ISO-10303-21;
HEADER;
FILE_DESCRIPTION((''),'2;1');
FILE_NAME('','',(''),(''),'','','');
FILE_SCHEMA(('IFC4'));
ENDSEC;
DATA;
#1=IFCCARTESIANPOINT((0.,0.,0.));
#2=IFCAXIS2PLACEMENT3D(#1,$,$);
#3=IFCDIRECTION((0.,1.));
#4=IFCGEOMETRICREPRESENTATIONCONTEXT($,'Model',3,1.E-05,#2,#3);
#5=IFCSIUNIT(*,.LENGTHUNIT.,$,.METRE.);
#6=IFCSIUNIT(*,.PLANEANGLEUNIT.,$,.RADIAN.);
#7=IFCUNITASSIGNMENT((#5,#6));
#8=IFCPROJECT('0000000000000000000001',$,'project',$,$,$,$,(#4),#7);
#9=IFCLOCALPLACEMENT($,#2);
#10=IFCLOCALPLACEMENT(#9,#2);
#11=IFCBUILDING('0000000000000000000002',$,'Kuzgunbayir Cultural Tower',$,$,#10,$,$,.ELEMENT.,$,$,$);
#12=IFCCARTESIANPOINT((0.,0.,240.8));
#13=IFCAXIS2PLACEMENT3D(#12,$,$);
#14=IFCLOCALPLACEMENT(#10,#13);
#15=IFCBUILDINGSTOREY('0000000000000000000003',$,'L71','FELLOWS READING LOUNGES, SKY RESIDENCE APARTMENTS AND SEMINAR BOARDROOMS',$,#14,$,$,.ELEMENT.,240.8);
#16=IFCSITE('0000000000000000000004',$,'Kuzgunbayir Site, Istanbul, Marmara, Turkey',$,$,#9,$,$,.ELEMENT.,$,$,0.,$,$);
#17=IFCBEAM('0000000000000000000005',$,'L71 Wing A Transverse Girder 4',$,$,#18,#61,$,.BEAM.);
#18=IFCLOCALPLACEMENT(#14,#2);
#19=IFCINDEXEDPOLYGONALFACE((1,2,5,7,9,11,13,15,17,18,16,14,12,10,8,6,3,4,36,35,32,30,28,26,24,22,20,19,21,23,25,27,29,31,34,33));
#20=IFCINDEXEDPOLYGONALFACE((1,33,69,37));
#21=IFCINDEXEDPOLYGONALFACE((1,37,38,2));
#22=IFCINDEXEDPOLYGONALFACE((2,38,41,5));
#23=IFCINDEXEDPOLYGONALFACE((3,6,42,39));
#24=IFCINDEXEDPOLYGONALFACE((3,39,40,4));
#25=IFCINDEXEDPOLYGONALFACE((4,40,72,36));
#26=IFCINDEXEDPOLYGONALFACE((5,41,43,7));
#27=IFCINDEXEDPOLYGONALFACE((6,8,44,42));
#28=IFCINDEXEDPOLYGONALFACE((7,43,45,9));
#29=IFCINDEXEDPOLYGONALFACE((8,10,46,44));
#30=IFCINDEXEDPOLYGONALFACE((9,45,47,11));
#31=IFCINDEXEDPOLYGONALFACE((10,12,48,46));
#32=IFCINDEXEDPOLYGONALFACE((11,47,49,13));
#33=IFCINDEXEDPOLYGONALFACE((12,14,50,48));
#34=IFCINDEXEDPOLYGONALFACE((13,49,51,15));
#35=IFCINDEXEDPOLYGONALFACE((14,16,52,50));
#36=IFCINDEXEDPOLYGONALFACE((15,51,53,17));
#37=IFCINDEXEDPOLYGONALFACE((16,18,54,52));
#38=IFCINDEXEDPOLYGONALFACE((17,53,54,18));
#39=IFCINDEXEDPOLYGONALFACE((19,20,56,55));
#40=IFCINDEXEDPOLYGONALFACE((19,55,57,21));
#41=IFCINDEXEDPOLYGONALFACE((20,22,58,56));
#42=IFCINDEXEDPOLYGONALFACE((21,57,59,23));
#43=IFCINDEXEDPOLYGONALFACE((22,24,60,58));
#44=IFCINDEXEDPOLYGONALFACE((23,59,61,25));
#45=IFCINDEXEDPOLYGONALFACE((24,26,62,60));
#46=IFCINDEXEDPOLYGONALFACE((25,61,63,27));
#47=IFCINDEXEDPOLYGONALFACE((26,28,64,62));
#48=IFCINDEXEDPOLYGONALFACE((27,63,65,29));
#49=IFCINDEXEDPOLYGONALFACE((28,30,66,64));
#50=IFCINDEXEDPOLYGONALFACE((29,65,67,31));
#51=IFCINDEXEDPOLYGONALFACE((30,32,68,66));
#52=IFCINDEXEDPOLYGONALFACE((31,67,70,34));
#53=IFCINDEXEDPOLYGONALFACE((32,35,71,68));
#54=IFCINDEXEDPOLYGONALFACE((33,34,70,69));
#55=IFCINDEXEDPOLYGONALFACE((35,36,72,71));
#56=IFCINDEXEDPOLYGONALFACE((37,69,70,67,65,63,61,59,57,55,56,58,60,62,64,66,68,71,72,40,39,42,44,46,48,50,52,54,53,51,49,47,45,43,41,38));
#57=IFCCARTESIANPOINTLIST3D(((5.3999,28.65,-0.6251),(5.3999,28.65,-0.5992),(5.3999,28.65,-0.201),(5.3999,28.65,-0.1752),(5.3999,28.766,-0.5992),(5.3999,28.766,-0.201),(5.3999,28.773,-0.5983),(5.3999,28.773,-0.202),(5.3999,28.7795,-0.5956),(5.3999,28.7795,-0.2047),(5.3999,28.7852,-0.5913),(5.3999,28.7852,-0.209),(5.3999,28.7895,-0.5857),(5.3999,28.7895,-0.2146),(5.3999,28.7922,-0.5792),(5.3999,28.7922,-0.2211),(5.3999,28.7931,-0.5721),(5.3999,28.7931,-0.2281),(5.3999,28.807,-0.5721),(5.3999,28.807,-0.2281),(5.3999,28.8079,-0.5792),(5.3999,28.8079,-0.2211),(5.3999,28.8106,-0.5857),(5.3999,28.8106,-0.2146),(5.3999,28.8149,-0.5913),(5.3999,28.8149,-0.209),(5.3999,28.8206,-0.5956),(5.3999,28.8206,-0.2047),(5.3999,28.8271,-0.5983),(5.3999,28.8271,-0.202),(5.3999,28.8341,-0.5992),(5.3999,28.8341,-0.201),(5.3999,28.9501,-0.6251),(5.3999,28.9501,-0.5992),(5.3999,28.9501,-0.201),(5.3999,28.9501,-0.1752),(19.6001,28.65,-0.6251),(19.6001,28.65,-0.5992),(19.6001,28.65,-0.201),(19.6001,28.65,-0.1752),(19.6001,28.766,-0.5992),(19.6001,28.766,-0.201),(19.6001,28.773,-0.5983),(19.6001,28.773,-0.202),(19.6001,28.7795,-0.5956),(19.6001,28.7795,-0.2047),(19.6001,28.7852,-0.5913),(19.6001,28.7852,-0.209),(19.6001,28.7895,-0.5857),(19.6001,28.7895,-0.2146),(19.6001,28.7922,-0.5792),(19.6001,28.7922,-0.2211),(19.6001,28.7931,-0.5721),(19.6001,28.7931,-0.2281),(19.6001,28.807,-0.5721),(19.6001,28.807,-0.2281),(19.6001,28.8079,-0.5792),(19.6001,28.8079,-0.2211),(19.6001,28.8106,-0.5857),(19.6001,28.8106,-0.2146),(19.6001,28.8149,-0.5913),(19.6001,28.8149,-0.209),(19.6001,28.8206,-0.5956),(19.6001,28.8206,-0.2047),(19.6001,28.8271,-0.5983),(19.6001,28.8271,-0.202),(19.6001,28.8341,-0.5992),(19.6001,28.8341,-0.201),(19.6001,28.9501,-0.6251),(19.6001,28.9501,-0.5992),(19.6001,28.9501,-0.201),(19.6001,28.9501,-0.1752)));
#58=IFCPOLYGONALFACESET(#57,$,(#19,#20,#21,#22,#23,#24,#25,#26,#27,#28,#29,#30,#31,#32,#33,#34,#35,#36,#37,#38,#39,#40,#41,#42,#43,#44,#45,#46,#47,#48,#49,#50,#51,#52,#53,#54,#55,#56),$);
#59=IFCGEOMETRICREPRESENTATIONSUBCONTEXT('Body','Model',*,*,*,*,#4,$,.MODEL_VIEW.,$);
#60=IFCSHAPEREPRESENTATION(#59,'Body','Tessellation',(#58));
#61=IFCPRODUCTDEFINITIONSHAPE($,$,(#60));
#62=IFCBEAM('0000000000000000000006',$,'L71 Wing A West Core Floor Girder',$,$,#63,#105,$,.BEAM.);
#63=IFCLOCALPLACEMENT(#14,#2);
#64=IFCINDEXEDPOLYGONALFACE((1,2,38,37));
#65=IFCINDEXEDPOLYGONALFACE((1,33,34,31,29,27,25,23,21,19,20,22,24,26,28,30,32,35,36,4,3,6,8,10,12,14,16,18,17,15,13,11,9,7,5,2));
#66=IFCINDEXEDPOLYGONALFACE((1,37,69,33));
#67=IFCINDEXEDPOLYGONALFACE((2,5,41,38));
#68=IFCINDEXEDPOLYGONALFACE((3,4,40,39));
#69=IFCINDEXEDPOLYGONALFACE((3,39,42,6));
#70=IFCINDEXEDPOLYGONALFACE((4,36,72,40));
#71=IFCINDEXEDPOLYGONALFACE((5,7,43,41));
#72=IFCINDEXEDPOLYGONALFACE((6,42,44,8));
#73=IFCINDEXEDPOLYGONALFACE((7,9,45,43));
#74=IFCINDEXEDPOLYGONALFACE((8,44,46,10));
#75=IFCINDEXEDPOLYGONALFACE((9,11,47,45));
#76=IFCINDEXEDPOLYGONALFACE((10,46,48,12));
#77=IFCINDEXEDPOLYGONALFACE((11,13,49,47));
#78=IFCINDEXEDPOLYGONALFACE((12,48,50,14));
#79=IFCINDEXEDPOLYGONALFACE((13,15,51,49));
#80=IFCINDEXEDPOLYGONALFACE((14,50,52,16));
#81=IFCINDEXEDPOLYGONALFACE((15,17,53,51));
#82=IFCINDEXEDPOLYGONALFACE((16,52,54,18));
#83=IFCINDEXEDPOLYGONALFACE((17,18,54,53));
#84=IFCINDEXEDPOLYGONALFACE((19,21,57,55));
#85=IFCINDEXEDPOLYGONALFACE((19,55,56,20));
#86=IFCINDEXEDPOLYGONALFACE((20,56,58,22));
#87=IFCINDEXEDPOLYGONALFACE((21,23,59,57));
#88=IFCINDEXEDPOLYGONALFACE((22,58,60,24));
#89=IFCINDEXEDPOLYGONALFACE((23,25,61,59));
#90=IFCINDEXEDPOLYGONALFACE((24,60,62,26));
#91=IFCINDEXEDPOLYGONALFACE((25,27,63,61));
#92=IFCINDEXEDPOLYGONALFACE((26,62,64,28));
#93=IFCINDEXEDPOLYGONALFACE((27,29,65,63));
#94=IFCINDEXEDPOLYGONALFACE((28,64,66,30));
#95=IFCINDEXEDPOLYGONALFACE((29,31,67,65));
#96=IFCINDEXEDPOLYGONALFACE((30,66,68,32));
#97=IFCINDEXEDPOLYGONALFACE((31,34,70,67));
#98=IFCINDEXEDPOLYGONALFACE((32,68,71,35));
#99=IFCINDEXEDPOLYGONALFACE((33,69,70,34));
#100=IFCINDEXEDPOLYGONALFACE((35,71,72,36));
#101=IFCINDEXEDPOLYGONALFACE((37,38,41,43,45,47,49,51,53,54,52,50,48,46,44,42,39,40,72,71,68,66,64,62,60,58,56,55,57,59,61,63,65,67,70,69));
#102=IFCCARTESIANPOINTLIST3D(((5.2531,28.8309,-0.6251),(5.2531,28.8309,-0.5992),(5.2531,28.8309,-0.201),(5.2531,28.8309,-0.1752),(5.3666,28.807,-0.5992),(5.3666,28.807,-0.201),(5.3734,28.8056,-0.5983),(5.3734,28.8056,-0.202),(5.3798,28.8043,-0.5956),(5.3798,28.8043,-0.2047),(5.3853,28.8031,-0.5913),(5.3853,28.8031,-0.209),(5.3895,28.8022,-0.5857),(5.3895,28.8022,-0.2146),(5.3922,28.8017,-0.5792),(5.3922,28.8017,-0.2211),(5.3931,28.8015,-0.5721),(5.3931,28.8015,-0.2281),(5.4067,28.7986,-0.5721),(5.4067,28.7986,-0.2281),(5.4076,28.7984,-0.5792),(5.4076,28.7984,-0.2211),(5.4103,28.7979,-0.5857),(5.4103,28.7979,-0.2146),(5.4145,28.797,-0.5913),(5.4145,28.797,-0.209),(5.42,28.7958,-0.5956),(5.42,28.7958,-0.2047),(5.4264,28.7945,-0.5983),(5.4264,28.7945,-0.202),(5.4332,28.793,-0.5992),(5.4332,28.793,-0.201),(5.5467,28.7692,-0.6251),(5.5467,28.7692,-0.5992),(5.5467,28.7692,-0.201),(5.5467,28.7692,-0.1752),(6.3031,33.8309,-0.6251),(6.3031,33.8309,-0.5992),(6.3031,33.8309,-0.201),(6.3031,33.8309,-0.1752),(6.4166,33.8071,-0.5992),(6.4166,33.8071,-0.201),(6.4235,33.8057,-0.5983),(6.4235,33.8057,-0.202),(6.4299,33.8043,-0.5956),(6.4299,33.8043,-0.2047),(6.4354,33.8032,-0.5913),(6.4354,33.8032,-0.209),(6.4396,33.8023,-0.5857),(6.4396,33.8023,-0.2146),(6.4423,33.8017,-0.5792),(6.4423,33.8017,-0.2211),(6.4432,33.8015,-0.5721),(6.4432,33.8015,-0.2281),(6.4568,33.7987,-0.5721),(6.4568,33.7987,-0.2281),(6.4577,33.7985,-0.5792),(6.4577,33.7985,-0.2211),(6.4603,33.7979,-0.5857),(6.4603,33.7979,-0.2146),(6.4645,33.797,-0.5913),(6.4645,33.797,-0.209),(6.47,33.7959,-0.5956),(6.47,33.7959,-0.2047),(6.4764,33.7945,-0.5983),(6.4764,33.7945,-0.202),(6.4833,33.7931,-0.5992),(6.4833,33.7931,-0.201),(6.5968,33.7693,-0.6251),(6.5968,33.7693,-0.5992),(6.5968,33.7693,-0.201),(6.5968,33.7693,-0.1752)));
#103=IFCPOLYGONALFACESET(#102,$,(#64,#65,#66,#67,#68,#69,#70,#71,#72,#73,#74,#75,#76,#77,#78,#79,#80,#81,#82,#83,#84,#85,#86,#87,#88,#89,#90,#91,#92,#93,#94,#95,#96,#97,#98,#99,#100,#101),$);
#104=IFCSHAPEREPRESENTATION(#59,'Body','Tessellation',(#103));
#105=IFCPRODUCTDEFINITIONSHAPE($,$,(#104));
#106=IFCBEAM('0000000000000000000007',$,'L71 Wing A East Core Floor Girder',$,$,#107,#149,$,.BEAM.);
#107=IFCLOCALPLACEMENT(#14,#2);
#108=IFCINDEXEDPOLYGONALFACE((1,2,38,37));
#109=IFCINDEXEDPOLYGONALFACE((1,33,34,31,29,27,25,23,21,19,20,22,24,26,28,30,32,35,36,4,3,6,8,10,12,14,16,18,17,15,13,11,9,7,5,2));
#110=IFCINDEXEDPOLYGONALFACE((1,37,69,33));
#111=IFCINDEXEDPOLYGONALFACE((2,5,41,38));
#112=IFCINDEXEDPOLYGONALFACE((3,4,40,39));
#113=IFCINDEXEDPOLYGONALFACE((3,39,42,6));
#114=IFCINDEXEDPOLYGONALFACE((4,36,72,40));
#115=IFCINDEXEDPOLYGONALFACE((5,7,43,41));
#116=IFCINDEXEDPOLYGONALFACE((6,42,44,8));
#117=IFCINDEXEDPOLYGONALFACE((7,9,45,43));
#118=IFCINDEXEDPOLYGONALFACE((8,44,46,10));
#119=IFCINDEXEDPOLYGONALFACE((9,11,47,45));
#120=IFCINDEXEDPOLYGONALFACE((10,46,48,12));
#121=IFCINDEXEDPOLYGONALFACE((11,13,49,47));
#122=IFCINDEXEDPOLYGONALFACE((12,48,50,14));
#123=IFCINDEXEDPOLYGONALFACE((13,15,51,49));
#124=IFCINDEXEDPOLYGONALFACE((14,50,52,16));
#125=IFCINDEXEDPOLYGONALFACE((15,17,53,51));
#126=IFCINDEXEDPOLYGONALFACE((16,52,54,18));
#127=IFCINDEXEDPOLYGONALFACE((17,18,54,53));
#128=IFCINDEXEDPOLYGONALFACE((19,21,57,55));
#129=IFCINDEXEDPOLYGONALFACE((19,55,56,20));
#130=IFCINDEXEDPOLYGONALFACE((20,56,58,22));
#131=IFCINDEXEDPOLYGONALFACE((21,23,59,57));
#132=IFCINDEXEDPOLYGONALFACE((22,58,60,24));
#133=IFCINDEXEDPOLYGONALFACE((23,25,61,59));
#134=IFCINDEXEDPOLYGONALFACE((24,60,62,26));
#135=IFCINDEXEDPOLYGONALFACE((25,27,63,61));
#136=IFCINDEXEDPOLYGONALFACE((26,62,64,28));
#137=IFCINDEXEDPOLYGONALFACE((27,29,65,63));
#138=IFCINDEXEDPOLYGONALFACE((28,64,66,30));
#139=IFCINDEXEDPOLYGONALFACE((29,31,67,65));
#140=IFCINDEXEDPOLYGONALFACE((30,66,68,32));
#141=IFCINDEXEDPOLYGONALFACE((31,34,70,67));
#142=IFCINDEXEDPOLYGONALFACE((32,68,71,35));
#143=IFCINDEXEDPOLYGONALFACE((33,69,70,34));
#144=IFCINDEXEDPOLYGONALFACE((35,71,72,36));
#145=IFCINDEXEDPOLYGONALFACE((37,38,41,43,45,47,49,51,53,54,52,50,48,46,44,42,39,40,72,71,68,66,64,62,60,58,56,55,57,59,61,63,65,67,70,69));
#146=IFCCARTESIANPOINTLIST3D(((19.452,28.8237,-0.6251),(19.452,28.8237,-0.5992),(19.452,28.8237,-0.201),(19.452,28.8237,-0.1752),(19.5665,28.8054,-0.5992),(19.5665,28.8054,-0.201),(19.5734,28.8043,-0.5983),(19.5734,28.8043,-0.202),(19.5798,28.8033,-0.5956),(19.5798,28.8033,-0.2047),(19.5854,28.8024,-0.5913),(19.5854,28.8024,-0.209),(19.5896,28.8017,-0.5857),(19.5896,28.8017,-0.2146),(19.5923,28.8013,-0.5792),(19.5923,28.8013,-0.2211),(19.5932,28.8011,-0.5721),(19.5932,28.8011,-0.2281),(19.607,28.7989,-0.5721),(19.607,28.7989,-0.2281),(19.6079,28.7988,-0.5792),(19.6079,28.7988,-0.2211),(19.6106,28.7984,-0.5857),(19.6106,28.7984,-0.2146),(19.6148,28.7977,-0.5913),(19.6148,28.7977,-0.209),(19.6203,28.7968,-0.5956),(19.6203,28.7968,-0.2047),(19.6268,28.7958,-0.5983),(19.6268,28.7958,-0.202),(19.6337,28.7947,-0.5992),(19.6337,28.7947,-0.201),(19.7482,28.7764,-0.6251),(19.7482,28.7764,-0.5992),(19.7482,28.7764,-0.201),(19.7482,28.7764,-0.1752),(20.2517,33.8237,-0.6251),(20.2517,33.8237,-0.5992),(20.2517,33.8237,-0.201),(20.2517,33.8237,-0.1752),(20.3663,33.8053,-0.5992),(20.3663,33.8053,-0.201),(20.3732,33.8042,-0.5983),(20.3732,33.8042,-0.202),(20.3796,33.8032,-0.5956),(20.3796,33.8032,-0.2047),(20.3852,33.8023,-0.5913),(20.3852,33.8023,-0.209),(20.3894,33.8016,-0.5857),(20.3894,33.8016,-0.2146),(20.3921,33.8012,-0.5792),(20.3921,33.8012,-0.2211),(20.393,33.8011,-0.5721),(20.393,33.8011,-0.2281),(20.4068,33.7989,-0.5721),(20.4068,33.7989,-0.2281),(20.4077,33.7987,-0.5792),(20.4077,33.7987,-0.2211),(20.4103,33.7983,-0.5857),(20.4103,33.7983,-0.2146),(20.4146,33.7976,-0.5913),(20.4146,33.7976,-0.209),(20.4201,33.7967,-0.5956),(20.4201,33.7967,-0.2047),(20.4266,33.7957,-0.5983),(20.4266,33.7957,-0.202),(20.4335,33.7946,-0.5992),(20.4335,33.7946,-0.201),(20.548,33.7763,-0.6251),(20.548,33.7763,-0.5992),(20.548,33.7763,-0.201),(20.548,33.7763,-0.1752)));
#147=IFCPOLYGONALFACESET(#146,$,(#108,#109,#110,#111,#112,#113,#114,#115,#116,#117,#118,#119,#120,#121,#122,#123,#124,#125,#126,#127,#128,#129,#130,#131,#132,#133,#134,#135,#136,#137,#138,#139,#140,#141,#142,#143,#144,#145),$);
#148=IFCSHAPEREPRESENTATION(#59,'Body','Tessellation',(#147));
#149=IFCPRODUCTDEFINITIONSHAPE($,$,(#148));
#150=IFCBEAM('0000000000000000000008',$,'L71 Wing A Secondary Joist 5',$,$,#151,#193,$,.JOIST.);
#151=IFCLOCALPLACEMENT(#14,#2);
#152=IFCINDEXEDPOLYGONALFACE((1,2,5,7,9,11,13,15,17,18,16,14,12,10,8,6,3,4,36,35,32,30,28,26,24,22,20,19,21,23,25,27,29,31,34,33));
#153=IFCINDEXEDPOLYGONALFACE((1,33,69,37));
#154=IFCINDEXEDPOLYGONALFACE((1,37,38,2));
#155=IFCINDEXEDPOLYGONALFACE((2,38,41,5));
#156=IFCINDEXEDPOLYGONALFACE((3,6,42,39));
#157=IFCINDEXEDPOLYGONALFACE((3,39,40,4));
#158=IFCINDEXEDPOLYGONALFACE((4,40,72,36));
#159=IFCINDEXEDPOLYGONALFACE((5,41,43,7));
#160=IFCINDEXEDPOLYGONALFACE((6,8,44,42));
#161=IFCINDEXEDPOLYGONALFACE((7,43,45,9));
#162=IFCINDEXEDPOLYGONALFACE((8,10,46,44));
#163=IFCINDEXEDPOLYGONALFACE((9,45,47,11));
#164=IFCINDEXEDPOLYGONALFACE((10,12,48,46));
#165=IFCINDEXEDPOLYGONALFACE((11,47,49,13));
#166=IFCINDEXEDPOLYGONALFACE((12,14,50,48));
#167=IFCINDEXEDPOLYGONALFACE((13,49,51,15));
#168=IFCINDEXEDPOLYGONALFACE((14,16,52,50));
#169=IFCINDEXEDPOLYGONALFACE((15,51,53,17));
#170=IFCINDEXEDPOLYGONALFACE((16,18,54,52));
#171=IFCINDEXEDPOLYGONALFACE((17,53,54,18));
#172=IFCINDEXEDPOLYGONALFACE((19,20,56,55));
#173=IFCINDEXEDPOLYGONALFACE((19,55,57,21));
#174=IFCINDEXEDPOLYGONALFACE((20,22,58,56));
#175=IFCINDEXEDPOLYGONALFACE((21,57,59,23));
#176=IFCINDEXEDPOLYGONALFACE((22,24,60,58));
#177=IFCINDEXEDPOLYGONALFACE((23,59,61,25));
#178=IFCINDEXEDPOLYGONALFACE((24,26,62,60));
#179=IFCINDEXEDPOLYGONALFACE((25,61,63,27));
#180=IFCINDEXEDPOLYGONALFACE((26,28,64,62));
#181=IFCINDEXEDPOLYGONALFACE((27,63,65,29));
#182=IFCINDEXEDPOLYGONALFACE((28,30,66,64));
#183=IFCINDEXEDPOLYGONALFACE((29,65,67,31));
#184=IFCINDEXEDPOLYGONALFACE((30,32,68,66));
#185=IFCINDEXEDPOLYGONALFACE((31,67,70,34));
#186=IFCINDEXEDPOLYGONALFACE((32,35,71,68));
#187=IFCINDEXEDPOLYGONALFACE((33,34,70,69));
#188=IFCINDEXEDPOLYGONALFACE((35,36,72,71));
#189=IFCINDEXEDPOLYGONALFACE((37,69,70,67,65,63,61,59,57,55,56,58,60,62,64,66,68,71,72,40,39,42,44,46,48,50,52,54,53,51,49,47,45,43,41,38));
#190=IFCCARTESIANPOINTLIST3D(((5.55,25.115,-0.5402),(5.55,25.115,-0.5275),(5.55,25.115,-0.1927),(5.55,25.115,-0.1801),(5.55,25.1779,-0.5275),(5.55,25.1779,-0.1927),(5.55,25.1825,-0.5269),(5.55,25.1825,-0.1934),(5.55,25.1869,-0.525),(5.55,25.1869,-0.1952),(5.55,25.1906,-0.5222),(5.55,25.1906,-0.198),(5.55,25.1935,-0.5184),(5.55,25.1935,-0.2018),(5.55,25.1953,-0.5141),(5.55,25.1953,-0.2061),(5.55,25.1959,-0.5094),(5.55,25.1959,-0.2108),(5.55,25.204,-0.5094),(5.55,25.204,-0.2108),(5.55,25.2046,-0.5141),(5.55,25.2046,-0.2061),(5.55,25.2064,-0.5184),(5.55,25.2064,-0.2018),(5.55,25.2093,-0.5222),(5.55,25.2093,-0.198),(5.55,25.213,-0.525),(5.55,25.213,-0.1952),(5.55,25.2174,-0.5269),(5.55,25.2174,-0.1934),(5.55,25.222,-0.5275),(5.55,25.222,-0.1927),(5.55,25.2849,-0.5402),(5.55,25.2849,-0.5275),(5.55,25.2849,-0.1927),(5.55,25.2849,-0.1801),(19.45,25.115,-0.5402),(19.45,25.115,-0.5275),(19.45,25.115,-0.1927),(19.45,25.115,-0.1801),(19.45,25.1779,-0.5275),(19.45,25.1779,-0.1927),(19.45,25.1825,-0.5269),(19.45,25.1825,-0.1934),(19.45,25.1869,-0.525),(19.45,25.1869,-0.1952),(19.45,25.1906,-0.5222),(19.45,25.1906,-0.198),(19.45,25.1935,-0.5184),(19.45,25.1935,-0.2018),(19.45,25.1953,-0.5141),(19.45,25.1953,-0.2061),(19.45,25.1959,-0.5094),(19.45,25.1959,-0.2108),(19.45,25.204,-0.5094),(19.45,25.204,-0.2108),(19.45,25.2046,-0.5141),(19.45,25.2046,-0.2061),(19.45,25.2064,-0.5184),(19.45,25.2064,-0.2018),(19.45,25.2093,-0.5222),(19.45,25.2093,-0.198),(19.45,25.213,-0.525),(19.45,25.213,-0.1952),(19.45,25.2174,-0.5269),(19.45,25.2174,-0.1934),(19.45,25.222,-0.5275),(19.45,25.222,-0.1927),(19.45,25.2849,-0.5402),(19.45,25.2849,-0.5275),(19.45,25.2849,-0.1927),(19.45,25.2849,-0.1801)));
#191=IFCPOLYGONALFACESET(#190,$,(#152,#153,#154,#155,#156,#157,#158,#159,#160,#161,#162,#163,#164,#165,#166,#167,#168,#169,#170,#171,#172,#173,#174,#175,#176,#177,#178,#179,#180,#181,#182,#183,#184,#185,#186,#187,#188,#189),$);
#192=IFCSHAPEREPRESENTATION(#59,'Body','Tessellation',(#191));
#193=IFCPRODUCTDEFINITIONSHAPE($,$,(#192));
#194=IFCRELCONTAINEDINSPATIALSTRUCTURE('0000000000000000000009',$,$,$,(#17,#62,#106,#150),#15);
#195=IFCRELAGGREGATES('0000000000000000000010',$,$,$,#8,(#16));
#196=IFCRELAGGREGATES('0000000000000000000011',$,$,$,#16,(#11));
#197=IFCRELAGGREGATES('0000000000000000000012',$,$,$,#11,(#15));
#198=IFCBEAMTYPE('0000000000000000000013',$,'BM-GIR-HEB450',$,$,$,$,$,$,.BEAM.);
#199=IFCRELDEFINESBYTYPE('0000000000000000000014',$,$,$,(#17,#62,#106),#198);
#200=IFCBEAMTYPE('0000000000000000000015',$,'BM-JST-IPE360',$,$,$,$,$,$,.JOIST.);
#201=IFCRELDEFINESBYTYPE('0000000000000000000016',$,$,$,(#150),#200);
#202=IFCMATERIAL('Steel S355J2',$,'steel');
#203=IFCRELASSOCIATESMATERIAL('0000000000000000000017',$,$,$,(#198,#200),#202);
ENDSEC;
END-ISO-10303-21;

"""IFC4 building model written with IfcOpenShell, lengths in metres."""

from ifc_helpers import new_model, si_unit, direction, frame, origin, origin_2d, place, context, subcontext, project, spatial, i_section, extrude, material, material_profile, profile_set, type_object, element, save


model = new_model("IFC4")

# Units and contexts
model_context = context("Model", 3, precision=1e-05, world=origin(), true_north=direction((0.0, 1.0)))
body_context = subcontext(model_context, "Body", "Model", "MODEL_VIEW")
ifc_project = project(units=[si_unit("LENGTHUNIT", "METRE"), si_unit("PLANEANGLEUNIT", "RADIAN")], contexts=[model_context])

# Site, building, storey
site_placement = place(None, origin())
site = spatial("IfcSite", under=ifc_project, at=site_placement, Name="Kuzgunbayir Site, Istanbul, Marmara, Turkey", CompositionType="ELEMENT", RefElevation=0.0)
building_placement = place(site_placement, origin())
building = spatial("IfcBuilding", under=site, at=building_placement, Name="Kuzgunbayir Cultural Tower", CompositionType="ELEMENT")
storey_placement = place(building_placement, frame((0.0, 0.0, 240.8)))
storey = spatial("IfcBuildingStorey", under=building, at=storey_placement, Name="L71", Description="FELLOWS READING LOUNGES, SKY RESIDENCE APARTMENTS AND SEMINAR BOARDROOMS", CompositionType="ELEMENT", Elevation=240.8)

# Beams
ifc_material_1 = material(Name="Steel S355J2", Category="steel")
ifc_material_profile_1 = material_profile(ifc_material_1, i_section(OverallWidth=0.3, OverallDepth=0.45, WebThickness=0.0139, FlangeThickness=0.0259, FilletRadius=0.0271, at=origin_2d()), Name="HEB 450")
ifc_profile_set_1 = profile_set([ifc_material_profile_1], Name="Steel S355J2")
beam_type_1 = type_object("IfcBeamType", Name="BM-GIR-HEB450", PredefinedType="BEAM", material=ifc_profile_set_1)
for number, where, z_axis, x_axis, name in (
    (1, (5.3999, 28.8, -0.4001), (1.0, 0.0, 0.0), (0.0, 1.0, 0.0), "L71 Wing A Transverse Girder 4"),
):
    element("IfcBeam", number, at=place(storey_placement, frame(where, z_axis=z_axis, x_axis=x_axis)), inside=storey, type_object=beam_type_1, Name=name, PredefinedType="BEAM", context=body_context, shape_type="SweptSolid", body=[
        extrude(i_section(OverallWidth=0.3, OverallDepth=0.45, WebThickness=0.0139, FlangeThickness=0.0259, FilletRadius=0.0271, at=origin_2d()), origin(), (0.0, 0.0, 1.0), 14.2002),
    ])
beam_1_placement = place(storey_placement, frame((5.3999, 28.8, -0.4001), z_axis=(0.205526, 0.978652, 0.0), x_axis=(-0.978652, 0.205526, 0.0)))
element("IfcBeam", 2, at=beam_1_placement, inside=storey, type_object=beam_type_1, Name="L71 Wing A West Core Floor Girder", PredefinedType="BEAM", context=body_context, shape_type="SweptSolid", body=[
    extrude(i_section(OverallWidth=0.3, OverallDepth=0.45, WebThickness=0.0139, FlangeThickness=0.0259, FilletRadius=0.0271, at=origin_2d()), origin(), (0.0, 0.0, 1.0), 5.1091),
])
beam_2_placement = place(storey_placement, frame((19.6001, 28.8, -0.4001), z_axis=(0.157953, 0.987447, 0.0), x_axis=(-0.987447, 0.157953, 0.0)))
element("IfcBeam", 3, at=beam_2_placement, inside=storey, type_object=beam_type_1, Name="L71 Wing A East Core Floor Girder", PredefinedType="BEAM", context=body_context, shape_type="SweptSolid", body=[
    extrude(i_section(OverallWidth=0.3, OverallDepth=0.45, WebThickness=0.0139, FlangeThickness=0.0259, FilletRadius=0.0271, at=origin_2d()), origin(), (0.0, 0.0, 1.0), 5.0635),
])
ifc_material_profile_2 = material_profile(ifc_material_1, i_section(OverallWidth=0.1699, OverallDepth=0.3601, WebThickness=0.0081, FlangeThickness=0.0127, FilletRadius=0.0181, at=origin_2d()), Name="IPE 360")
ifc_profile_set_2 = profile_set([ifc_material_profile_2], Name="Steel S355J2")
beam_type_2 = type_object("IfcBeamType", Name="BM-JST-IPE360", PredefinedType="JOIST", material=ifc_profile_set_2)
for number, where, z_axis, x_axis, name in (
    (4, (5.55, 25.2, -0.3601), (1.0, 0.0, 0.0), (0.0, 1.0, 0.0), "L71 Wing A Secondary Joist 5"),
):
    element("IfcBeam", number, at=place(storey_placement, frame(where, z_axis=z_axis, x_axis=x_axis)), inside=storey, type_object=beam_type_2, Name=name, PredefinedType="JOIST", context=body_context, shape_type="SweptSolid", body=[
        extrude(i_section(OverallWidth=0.1699, OverallDepth=0.3601, WebThickness=0.0081, FlangeThickness=0.0127, FilletRadius=0.0181, at=origin_2d()), origin(), (0.0, 0.0, 1.0), 13.8999),
    ])

save(model, "model.ifc")
